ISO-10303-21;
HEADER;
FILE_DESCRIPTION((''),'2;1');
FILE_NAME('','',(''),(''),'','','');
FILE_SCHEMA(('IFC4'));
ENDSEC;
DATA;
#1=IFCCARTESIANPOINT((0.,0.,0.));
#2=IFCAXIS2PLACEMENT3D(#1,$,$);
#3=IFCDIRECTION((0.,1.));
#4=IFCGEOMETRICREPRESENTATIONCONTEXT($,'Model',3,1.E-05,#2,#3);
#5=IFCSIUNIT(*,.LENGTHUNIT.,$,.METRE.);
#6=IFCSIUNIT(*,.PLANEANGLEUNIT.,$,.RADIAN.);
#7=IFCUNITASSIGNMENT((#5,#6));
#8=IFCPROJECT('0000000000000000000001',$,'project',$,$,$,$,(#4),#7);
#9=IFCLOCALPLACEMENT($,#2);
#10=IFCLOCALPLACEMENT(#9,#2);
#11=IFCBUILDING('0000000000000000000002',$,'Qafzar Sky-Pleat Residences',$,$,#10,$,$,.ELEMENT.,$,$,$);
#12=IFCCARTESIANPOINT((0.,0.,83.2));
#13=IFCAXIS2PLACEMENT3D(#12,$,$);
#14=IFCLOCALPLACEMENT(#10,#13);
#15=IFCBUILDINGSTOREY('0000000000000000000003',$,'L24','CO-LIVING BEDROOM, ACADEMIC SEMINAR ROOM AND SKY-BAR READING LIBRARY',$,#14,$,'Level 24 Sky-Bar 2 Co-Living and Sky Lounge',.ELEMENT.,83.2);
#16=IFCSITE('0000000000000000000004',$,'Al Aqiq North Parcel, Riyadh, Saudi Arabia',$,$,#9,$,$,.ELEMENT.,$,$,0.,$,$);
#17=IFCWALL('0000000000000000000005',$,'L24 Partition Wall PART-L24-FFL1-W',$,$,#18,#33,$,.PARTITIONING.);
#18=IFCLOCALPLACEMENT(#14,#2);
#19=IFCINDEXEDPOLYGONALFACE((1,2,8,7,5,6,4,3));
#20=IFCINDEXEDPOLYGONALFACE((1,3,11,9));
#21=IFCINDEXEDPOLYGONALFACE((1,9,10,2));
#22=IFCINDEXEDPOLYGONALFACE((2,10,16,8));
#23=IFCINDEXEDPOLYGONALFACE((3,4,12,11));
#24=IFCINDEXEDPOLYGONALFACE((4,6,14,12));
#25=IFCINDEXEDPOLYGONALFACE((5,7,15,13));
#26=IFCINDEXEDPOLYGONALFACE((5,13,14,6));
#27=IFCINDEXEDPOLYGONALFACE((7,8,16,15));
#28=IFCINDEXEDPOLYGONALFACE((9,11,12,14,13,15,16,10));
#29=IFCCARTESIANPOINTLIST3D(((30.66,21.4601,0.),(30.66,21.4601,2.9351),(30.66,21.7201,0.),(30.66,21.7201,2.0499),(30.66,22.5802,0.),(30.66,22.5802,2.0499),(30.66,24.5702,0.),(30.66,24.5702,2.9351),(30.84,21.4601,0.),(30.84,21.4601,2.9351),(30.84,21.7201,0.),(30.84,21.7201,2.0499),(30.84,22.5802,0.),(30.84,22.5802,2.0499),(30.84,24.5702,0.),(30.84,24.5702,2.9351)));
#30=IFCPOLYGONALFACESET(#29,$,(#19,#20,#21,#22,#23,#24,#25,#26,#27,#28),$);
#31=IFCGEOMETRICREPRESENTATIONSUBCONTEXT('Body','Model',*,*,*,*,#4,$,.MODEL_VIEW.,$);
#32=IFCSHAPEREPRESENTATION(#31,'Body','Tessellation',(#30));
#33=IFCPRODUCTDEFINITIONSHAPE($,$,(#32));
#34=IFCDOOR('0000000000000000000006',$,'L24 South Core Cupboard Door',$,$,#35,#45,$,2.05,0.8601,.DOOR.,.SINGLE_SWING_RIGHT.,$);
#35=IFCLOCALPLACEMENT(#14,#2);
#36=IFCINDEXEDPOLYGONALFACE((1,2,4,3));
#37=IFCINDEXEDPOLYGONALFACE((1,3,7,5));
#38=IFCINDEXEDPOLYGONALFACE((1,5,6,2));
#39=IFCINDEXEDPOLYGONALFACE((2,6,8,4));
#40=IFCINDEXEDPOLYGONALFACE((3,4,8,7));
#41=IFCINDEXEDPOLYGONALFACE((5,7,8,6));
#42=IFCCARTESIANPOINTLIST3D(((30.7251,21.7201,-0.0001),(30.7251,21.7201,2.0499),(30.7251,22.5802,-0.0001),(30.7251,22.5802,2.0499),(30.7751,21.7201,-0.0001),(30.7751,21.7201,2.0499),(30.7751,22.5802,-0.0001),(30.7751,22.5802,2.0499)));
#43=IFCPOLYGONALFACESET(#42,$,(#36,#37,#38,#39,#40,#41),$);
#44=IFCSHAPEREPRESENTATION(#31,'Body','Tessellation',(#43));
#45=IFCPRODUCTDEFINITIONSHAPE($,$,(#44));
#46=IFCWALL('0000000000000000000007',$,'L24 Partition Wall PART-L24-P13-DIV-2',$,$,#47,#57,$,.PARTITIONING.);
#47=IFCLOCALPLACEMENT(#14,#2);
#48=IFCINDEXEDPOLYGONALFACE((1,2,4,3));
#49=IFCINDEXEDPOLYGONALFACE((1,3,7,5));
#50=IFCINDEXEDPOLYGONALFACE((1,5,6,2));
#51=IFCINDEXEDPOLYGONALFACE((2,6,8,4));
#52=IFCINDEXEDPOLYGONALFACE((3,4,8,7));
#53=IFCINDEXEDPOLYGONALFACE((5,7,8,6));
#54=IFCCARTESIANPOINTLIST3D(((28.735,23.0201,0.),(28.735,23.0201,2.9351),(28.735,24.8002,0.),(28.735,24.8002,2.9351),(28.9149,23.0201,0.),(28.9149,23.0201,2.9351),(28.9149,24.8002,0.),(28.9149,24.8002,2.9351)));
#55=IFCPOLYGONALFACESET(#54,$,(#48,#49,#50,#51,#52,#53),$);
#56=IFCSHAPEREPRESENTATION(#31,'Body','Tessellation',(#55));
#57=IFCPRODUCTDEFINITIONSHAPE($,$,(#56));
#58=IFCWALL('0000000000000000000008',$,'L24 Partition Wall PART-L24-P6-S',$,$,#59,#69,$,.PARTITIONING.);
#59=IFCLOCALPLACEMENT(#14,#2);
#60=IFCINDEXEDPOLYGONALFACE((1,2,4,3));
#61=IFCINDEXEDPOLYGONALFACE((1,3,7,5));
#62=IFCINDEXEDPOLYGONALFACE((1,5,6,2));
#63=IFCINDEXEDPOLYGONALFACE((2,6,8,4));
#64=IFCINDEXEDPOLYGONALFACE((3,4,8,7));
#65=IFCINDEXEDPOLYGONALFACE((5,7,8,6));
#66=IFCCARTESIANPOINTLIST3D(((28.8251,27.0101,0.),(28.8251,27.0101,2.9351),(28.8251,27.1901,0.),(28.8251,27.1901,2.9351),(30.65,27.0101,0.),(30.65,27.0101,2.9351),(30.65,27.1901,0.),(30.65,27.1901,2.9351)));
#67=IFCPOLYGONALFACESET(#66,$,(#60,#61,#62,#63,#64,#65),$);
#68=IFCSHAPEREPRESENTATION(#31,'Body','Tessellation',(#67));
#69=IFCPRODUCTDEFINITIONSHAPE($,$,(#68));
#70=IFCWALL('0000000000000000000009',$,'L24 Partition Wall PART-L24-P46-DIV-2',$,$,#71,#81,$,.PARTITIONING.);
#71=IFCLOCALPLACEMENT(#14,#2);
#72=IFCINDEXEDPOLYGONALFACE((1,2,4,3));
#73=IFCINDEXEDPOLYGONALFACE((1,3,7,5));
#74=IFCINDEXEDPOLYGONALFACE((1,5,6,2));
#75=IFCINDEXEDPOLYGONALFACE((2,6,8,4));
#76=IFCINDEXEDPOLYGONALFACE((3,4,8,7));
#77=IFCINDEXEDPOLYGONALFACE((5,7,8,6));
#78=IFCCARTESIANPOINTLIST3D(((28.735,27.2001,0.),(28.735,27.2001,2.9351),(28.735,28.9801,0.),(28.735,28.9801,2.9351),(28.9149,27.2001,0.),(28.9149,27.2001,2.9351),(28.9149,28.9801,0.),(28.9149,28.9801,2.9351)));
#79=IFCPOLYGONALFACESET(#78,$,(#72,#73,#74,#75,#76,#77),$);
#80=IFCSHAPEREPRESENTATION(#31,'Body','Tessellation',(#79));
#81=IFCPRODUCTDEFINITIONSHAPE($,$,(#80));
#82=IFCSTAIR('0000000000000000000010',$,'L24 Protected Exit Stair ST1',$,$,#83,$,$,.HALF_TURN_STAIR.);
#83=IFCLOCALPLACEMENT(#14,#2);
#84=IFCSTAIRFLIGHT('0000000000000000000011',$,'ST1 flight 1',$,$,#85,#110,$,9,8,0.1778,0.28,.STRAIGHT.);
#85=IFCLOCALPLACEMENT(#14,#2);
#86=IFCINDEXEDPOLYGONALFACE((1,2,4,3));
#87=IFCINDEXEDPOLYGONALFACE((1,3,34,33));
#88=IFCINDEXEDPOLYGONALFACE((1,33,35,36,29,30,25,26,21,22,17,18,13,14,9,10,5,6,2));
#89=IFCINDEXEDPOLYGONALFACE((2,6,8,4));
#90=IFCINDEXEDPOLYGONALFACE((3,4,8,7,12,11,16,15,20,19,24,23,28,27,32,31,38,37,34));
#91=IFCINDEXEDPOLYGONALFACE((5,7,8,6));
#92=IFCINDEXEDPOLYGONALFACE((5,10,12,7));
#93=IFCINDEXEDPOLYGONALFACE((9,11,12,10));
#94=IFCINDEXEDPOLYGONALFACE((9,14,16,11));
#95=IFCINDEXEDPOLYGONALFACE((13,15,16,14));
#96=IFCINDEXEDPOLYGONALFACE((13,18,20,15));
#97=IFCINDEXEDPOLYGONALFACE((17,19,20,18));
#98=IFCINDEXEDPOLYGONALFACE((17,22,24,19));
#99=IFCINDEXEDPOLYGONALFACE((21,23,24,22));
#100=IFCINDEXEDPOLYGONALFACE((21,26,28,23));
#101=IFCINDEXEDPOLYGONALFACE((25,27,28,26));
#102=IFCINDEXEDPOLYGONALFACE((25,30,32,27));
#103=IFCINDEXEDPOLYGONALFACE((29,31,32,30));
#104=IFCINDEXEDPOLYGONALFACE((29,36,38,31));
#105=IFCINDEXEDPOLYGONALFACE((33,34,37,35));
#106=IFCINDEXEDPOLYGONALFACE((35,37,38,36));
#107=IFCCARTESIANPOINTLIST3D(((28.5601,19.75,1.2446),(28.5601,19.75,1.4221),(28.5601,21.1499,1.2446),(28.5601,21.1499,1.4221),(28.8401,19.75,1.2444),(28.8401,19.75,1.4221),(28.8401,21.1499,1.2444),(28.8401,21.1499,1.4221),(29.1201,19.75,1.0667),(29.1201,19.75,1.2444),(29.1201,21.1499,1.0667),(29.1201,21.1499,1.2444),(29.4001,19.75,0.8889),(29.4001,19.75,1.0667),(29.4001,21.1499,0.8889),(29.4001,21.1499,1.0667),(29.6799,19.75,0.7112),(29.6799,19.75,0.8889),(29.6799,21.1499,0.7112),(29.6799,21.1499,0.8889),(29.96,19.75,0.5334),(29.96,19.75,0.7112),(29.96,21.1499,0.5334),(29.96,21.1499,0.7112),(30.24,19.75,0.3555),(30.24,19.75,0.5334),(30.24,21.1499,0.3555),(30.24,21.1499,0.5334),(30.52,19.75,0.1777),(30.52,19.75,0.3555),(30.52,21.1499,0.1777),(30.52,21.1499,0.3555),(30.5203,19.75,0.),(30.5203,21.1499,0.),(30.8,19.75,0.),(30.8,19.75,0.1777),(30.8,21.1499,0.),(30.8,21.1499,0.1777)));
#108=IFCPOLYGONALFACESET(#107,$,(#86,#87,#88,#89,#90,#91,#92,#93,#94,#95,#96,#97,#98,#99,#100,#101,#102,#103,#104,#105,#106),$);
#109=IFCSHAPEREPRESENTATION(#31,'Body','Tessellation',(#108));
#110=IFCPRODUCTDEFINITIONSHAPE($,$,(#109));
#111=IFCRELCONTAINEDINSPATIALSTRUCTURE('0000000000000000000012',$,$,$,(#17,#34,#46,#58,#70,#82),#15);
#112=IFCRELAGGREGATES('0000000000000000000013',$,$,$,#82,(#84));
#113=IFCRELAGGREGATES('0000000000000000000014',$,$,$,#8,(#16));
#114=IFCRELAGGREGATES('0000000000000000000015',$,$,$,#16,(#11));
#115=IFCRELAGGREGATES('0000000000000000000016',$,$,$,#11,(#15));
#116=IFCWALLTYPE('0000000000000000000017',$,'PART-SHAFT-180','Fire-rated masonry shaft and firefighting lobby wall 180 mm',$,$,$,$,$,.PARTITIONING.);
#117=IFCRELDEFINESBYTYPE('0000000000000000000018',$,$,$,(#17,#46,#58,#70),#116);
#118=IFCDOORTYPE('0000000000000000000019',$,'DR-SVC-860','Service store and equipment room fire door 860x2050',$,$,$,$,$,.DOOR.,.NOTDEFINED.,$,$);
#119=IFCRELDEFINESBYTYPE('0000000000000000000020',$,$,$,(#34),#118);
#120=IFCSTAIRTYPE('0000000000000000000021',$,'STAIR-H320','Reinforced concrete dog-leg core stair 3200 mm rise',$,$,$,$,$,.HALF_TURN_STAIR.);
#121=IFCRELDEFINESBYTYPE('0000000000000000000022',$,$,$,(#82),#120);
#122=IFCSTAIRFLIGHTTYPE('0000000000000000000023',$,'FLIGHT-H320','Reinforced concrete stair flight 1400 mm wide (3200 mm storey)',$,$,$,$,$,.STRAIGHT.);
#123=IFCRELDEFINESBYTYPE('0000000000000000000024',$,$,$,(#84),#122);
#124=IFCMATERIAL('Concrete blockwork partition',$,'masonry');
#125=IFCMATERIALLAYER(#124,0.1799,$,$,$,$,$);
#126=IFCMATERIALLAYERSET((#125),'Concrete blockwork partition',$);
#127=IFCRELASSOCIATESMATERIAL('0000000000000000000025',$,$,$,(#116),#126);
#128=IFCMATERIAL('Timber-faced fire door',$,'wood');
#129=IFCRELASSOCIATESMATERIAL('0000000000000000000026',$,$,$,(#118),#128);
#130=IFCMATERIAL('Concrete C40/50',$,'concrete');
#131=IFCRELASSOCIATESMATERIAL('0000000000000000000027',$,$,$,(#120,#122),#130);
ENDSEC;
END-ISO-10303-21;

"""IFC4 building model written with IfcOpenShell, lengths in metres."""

from ifc_helpers import new_model, si_unit, direction, frame, frame_2d, origin, place, context, subcontext, project, spatial, polyline, rectangle, outline, extrude, source, transform, mapped, material, layer, layer_set, type_object, element, fill, aggregate, save


model = new_model("IFC4")

# Units and contexts
model_context = context("Model", 3, precision=1e-05, world=origin(), true_north=direction((0.0, 1.0)))
body_context = subcontext(model_context, "Body", "Model", "MODEL_VIEW")
ifc_project = project(units=[si_unit("LENGTHUNIT", "METRE"), si_unit("PLANEANGLEUNIT", "RADIAN")], contexts=[model_context])

# Site, building, storey
site_placement = place(None, origin())
site = spatial("IfcSite", under=ifc_project, at=site_placement, Name="Al Aqiq North Parcel, Riyadh, Saudi Arabia", CompositionType="ELEMENT", RefElevation=0.0)
building_placement = place(site_placement, origin())
building = spatial("IfcBuilding", under=site, at=building_placement, Name="Qafzar Sky-Pleat Residences", CompositionType="ELEMENT")
storey_placement = place(building_placement, frame((0.0, 0.0, 83.2)))
storey = spatial("IfcBuildingStorey", under=building, at=storey_placement, Name="L24", Description="CO-LIVING BEDROOM, ACADEMIC SEMINAR ROOM AND SKY-BAR READING LIBRARY", LongName="Level 24 Sky-Bar 2 Co-Living and Sky Lounge", CompositionType="ELEMENT", Elevation=83.2)

# Wall, opening, door
ifc_material_1 = material(Name="Concrete blockwork partition", Category="masonry")
ifc_layer = layer(ifc_material_1, 0.1799)
ifc_layer_set = layer_set([ifc_layer], Name="Concrete blockwork partition")
wall_type = type_object("IfcWallType", Name="PART-SHAFT-180", Description="Fire-rated masonry shaft and firefighting lobby wall 180 mm", PredefinedType="PARTITIONING", material=ifc_layer_set)
wall_1_placement = place(storey_placement, frame((30.75, 21.46, 0.0), z_axis=(0.0, 0.0, 1.0), x_axis=(0.0, 1.0, 0.0)))
wall_1 = element("IfcWall", 1, at=wall_1_placement, inside=storey, type_object=wall_type, Name="L24 Partition Wall PART-L24-FFL1-W", PredefinedType="PARTITIONING", context=body_context, shape_type="SweptSolid", body=[
    extrude(rectangle(XDim=3.1101, YDim=0.1799, at=frame_2d((1.5552, 0.0))), origin(), (0.0, 0.0, 1.0), 2.9351),
])
opening_1_placement = place(wall_1_placement, frame((0.26, 0.0, 0.0)))
opening_1 = element("IfcOpeningElement", 2, at=opening_1_placement, cuts=wall_1, PredefinedType="OPENING", context=body_context, shape_type="SweptSolid", body=[
    extrude(rectangle(XDim=0.8601, YDim=2.05, at=frame_2d((0.4302, 1.0249))), frame((0.0, 0.1001, 0.0), z_axis=(0.0, -1.0, 0.0), x_axis=(1.0, 0.0, 0.0)), (0.0, 0.0, 1.0), 0.2),
])
ifc_material_2 = material(Name="Timber-faced fire door", Category="wood")
door_type_1 = type_object("IfcDoorType", Name="DR-SVC-860", Description="Service store and equipment room fire door 860x2050", OperationType="NOTDEFINED", PredefinedType="DOOR", material=ifc_material_2)
shared_shape_1 = source(origin(), body_context, "Body", "SweptSolid", [
    extrude(rectangle(XDim=0.8601, YDim=2.05, at=frame_2d((0.4302, 1.0249))), frame((0.0, 0.0249, 0.0), z_axis=(0.0, -1.0, 0.0), x_axis=(1.0, 0.0, 0.0)), (0.0, 0.0, 1.0), 0.05),
])
door_1_placement = place(opening_1_placement, origin())
door_1 = element("IfcDoor", 3, at=door_1_placement, inside=storey, type_object=door_type_1, Name="L24 South Core Cupboard Door", OperationType="SINGLE_SWING_RIGHT", OverallHeight=2.05, OverallWidth=0.8601, PredefinedType="DOOR", context=body_context, shape_type="MappedRepresentation", body=[
    mapped(shared_shape_1, transform((0.0, 0.0, 0.0), x_axis=(1.0, 0.0, 0.0), y_axis=(0.0, 1.0, 0.0), z_axis=(0.0, 0.0, 1.0), scale=1.0)),
])
fill(opening_1, door_1)

# Walls
wall_2_placement = place(storey_placement, frame((28.825, 23.02, 0.0), z_axis=(0.0, 0.0, 1.0), x_axis=(0.0, 1.0, 0.0)))
element("IfcWall", 4, at=wall_2_placement, inside=storey, type_object=wall_type, Name="L24 Partition Wall PART-L24-P13-DIV-2", PredefinedType="PARTITIONING", context=body_context, shape_type="SweptSolid", body=[
    extrude(rectangle(XDim=1.78, YDim=0.1799, at=frame_2d((0.8901, 0.0))), origin(), (0.0, 0.0, 1.0), 2.9351),
])
wall_3_placement = place(storey_placement, frame((28.825, 27.1001, 0.0), z_axis=(0.0, 0.0, 1.0), x_axis=(1.0, 0.0, 0.0)))
element("IfcWall", 5, at=wall_3_placement, inside=storey, type_object=wall_type, Name="L24 Partition Wall PART-L24-P6-S", PredefinedType="PARTITIONING", context=body_context, shape_type="SweptSolid", body=[
    extrude(rectangle(XDim=1.825, YDim=0.1799, at=frame_2d((0.9126, 0.0))), origin(), (0.0, 0.0, 1.0), 2.9351),
])
wall_4_placement = place(storey_placement, frame((28.825, 27.2, 0.0), z_axis=(0.0, 0.0, 1.0), x_axis=(0.0, 1.0, 0.0)))
element("IfcWall", 6, at=wall_4_placement, inside=storey, type_object=wall_type, Name="L24 Partition Wall PART-L24-P46-DIV-2", PredefinedType="PARTITIONING", context=body_context, shape_type="SweptSolid", body=[
    extrude(rectangle(XDim=1.78, YDim=0.1799, at=frame_2d((0.8901, 0.0))), origin(), (0.0, 0.0, 1.0), 2.9351),
])

# Stair, stair flight
ifc_material_3 = material(Name="Concrete C40/50", Category="concrete")
stair_type = type_object("IfcStairType", Name="STAIR-H320", Description="Reinforced concrete dog-leg core stair 3200 mm rise", PredefinedType="HALF_TURN_STAIR", material=ifc_material_3)
stair_placement = place(storey_placement, origin())
stair = element("IfcStair", 7, at=stair_placement, inside=storey, type_object=stair_type, Name="L24 Protected Exit Stair ST1", PredefinedType="HALF_TURN_STAIR")
stair_flight_type = type_object("IfcStairFlightType", Name="FLIGHT-H320", Description="Reinforced concrete stair flight 1400 mm wide (3200 mm storey)", PredefinedType="STRAIGHT", material=ifc_material_3)
shared_shape_2 = source(origin(), body_context, "Body", "SweptSolid", [
    extrude(outline(polyline([(0.0, 0.0), (0.0, 0.1777), (0.28, 0.1777), (0.28, 0.3555), (0.5601, 0.3555), (0.5601, 0.5334), (0.8401, 0.5334), (0.8401, 0.7112), (1.1201, 0.7112), (1.1201, 0.8889), (1.3999, 0.8889), (1.3999, 1.0667), (1.6799, 1.0667), (1.6799, 1.2444), (1.96, 1.2444), (1.96, 1.4221), (2.24, 1.4221), (2.24, 1.6001), (2.24, 1.2446), (0.2798, 0.0), (0.0, 0.0)])), frame((0.0, 0.7, 0.0), z_axis=(0.0, -1.0, 0.0), x_axis=(1.0, 0.0, 0.0)), (0.0, 0.0, 1.0), 1.3999),
])
stair_flight_placement = place(storey_placement, frame((30.8, 20.45, 0.0), z_axis=(0.0, 0.0, 1.0), x_axis=(-1.0, 0.0, 0.0)))
stair_flight = element("IfcStairFlight", 8, at=stair_flight_placement, type_object=stair_flight_type, Name="ST1 flight 1", NumberOfRisers=9, NumberOfTreads=8, PredefinedType="STRAIGHT", RiserHeight=0.1778, TreadLength=0.28, context=body_context, shape_type="MappedRepresentation", body=[
    mapped(shared_shape_2, transform((0.0, 0.0, 0.0), x_axis=(1.0, 0.0, 0.0), y_axis=(0.0, 1.0, 0.0), z_axis=(0.0, 0.0, 1.0), scale=1.0)),
])
aggregate(stair, [stair_flight])

save(model, "model.ifc")
